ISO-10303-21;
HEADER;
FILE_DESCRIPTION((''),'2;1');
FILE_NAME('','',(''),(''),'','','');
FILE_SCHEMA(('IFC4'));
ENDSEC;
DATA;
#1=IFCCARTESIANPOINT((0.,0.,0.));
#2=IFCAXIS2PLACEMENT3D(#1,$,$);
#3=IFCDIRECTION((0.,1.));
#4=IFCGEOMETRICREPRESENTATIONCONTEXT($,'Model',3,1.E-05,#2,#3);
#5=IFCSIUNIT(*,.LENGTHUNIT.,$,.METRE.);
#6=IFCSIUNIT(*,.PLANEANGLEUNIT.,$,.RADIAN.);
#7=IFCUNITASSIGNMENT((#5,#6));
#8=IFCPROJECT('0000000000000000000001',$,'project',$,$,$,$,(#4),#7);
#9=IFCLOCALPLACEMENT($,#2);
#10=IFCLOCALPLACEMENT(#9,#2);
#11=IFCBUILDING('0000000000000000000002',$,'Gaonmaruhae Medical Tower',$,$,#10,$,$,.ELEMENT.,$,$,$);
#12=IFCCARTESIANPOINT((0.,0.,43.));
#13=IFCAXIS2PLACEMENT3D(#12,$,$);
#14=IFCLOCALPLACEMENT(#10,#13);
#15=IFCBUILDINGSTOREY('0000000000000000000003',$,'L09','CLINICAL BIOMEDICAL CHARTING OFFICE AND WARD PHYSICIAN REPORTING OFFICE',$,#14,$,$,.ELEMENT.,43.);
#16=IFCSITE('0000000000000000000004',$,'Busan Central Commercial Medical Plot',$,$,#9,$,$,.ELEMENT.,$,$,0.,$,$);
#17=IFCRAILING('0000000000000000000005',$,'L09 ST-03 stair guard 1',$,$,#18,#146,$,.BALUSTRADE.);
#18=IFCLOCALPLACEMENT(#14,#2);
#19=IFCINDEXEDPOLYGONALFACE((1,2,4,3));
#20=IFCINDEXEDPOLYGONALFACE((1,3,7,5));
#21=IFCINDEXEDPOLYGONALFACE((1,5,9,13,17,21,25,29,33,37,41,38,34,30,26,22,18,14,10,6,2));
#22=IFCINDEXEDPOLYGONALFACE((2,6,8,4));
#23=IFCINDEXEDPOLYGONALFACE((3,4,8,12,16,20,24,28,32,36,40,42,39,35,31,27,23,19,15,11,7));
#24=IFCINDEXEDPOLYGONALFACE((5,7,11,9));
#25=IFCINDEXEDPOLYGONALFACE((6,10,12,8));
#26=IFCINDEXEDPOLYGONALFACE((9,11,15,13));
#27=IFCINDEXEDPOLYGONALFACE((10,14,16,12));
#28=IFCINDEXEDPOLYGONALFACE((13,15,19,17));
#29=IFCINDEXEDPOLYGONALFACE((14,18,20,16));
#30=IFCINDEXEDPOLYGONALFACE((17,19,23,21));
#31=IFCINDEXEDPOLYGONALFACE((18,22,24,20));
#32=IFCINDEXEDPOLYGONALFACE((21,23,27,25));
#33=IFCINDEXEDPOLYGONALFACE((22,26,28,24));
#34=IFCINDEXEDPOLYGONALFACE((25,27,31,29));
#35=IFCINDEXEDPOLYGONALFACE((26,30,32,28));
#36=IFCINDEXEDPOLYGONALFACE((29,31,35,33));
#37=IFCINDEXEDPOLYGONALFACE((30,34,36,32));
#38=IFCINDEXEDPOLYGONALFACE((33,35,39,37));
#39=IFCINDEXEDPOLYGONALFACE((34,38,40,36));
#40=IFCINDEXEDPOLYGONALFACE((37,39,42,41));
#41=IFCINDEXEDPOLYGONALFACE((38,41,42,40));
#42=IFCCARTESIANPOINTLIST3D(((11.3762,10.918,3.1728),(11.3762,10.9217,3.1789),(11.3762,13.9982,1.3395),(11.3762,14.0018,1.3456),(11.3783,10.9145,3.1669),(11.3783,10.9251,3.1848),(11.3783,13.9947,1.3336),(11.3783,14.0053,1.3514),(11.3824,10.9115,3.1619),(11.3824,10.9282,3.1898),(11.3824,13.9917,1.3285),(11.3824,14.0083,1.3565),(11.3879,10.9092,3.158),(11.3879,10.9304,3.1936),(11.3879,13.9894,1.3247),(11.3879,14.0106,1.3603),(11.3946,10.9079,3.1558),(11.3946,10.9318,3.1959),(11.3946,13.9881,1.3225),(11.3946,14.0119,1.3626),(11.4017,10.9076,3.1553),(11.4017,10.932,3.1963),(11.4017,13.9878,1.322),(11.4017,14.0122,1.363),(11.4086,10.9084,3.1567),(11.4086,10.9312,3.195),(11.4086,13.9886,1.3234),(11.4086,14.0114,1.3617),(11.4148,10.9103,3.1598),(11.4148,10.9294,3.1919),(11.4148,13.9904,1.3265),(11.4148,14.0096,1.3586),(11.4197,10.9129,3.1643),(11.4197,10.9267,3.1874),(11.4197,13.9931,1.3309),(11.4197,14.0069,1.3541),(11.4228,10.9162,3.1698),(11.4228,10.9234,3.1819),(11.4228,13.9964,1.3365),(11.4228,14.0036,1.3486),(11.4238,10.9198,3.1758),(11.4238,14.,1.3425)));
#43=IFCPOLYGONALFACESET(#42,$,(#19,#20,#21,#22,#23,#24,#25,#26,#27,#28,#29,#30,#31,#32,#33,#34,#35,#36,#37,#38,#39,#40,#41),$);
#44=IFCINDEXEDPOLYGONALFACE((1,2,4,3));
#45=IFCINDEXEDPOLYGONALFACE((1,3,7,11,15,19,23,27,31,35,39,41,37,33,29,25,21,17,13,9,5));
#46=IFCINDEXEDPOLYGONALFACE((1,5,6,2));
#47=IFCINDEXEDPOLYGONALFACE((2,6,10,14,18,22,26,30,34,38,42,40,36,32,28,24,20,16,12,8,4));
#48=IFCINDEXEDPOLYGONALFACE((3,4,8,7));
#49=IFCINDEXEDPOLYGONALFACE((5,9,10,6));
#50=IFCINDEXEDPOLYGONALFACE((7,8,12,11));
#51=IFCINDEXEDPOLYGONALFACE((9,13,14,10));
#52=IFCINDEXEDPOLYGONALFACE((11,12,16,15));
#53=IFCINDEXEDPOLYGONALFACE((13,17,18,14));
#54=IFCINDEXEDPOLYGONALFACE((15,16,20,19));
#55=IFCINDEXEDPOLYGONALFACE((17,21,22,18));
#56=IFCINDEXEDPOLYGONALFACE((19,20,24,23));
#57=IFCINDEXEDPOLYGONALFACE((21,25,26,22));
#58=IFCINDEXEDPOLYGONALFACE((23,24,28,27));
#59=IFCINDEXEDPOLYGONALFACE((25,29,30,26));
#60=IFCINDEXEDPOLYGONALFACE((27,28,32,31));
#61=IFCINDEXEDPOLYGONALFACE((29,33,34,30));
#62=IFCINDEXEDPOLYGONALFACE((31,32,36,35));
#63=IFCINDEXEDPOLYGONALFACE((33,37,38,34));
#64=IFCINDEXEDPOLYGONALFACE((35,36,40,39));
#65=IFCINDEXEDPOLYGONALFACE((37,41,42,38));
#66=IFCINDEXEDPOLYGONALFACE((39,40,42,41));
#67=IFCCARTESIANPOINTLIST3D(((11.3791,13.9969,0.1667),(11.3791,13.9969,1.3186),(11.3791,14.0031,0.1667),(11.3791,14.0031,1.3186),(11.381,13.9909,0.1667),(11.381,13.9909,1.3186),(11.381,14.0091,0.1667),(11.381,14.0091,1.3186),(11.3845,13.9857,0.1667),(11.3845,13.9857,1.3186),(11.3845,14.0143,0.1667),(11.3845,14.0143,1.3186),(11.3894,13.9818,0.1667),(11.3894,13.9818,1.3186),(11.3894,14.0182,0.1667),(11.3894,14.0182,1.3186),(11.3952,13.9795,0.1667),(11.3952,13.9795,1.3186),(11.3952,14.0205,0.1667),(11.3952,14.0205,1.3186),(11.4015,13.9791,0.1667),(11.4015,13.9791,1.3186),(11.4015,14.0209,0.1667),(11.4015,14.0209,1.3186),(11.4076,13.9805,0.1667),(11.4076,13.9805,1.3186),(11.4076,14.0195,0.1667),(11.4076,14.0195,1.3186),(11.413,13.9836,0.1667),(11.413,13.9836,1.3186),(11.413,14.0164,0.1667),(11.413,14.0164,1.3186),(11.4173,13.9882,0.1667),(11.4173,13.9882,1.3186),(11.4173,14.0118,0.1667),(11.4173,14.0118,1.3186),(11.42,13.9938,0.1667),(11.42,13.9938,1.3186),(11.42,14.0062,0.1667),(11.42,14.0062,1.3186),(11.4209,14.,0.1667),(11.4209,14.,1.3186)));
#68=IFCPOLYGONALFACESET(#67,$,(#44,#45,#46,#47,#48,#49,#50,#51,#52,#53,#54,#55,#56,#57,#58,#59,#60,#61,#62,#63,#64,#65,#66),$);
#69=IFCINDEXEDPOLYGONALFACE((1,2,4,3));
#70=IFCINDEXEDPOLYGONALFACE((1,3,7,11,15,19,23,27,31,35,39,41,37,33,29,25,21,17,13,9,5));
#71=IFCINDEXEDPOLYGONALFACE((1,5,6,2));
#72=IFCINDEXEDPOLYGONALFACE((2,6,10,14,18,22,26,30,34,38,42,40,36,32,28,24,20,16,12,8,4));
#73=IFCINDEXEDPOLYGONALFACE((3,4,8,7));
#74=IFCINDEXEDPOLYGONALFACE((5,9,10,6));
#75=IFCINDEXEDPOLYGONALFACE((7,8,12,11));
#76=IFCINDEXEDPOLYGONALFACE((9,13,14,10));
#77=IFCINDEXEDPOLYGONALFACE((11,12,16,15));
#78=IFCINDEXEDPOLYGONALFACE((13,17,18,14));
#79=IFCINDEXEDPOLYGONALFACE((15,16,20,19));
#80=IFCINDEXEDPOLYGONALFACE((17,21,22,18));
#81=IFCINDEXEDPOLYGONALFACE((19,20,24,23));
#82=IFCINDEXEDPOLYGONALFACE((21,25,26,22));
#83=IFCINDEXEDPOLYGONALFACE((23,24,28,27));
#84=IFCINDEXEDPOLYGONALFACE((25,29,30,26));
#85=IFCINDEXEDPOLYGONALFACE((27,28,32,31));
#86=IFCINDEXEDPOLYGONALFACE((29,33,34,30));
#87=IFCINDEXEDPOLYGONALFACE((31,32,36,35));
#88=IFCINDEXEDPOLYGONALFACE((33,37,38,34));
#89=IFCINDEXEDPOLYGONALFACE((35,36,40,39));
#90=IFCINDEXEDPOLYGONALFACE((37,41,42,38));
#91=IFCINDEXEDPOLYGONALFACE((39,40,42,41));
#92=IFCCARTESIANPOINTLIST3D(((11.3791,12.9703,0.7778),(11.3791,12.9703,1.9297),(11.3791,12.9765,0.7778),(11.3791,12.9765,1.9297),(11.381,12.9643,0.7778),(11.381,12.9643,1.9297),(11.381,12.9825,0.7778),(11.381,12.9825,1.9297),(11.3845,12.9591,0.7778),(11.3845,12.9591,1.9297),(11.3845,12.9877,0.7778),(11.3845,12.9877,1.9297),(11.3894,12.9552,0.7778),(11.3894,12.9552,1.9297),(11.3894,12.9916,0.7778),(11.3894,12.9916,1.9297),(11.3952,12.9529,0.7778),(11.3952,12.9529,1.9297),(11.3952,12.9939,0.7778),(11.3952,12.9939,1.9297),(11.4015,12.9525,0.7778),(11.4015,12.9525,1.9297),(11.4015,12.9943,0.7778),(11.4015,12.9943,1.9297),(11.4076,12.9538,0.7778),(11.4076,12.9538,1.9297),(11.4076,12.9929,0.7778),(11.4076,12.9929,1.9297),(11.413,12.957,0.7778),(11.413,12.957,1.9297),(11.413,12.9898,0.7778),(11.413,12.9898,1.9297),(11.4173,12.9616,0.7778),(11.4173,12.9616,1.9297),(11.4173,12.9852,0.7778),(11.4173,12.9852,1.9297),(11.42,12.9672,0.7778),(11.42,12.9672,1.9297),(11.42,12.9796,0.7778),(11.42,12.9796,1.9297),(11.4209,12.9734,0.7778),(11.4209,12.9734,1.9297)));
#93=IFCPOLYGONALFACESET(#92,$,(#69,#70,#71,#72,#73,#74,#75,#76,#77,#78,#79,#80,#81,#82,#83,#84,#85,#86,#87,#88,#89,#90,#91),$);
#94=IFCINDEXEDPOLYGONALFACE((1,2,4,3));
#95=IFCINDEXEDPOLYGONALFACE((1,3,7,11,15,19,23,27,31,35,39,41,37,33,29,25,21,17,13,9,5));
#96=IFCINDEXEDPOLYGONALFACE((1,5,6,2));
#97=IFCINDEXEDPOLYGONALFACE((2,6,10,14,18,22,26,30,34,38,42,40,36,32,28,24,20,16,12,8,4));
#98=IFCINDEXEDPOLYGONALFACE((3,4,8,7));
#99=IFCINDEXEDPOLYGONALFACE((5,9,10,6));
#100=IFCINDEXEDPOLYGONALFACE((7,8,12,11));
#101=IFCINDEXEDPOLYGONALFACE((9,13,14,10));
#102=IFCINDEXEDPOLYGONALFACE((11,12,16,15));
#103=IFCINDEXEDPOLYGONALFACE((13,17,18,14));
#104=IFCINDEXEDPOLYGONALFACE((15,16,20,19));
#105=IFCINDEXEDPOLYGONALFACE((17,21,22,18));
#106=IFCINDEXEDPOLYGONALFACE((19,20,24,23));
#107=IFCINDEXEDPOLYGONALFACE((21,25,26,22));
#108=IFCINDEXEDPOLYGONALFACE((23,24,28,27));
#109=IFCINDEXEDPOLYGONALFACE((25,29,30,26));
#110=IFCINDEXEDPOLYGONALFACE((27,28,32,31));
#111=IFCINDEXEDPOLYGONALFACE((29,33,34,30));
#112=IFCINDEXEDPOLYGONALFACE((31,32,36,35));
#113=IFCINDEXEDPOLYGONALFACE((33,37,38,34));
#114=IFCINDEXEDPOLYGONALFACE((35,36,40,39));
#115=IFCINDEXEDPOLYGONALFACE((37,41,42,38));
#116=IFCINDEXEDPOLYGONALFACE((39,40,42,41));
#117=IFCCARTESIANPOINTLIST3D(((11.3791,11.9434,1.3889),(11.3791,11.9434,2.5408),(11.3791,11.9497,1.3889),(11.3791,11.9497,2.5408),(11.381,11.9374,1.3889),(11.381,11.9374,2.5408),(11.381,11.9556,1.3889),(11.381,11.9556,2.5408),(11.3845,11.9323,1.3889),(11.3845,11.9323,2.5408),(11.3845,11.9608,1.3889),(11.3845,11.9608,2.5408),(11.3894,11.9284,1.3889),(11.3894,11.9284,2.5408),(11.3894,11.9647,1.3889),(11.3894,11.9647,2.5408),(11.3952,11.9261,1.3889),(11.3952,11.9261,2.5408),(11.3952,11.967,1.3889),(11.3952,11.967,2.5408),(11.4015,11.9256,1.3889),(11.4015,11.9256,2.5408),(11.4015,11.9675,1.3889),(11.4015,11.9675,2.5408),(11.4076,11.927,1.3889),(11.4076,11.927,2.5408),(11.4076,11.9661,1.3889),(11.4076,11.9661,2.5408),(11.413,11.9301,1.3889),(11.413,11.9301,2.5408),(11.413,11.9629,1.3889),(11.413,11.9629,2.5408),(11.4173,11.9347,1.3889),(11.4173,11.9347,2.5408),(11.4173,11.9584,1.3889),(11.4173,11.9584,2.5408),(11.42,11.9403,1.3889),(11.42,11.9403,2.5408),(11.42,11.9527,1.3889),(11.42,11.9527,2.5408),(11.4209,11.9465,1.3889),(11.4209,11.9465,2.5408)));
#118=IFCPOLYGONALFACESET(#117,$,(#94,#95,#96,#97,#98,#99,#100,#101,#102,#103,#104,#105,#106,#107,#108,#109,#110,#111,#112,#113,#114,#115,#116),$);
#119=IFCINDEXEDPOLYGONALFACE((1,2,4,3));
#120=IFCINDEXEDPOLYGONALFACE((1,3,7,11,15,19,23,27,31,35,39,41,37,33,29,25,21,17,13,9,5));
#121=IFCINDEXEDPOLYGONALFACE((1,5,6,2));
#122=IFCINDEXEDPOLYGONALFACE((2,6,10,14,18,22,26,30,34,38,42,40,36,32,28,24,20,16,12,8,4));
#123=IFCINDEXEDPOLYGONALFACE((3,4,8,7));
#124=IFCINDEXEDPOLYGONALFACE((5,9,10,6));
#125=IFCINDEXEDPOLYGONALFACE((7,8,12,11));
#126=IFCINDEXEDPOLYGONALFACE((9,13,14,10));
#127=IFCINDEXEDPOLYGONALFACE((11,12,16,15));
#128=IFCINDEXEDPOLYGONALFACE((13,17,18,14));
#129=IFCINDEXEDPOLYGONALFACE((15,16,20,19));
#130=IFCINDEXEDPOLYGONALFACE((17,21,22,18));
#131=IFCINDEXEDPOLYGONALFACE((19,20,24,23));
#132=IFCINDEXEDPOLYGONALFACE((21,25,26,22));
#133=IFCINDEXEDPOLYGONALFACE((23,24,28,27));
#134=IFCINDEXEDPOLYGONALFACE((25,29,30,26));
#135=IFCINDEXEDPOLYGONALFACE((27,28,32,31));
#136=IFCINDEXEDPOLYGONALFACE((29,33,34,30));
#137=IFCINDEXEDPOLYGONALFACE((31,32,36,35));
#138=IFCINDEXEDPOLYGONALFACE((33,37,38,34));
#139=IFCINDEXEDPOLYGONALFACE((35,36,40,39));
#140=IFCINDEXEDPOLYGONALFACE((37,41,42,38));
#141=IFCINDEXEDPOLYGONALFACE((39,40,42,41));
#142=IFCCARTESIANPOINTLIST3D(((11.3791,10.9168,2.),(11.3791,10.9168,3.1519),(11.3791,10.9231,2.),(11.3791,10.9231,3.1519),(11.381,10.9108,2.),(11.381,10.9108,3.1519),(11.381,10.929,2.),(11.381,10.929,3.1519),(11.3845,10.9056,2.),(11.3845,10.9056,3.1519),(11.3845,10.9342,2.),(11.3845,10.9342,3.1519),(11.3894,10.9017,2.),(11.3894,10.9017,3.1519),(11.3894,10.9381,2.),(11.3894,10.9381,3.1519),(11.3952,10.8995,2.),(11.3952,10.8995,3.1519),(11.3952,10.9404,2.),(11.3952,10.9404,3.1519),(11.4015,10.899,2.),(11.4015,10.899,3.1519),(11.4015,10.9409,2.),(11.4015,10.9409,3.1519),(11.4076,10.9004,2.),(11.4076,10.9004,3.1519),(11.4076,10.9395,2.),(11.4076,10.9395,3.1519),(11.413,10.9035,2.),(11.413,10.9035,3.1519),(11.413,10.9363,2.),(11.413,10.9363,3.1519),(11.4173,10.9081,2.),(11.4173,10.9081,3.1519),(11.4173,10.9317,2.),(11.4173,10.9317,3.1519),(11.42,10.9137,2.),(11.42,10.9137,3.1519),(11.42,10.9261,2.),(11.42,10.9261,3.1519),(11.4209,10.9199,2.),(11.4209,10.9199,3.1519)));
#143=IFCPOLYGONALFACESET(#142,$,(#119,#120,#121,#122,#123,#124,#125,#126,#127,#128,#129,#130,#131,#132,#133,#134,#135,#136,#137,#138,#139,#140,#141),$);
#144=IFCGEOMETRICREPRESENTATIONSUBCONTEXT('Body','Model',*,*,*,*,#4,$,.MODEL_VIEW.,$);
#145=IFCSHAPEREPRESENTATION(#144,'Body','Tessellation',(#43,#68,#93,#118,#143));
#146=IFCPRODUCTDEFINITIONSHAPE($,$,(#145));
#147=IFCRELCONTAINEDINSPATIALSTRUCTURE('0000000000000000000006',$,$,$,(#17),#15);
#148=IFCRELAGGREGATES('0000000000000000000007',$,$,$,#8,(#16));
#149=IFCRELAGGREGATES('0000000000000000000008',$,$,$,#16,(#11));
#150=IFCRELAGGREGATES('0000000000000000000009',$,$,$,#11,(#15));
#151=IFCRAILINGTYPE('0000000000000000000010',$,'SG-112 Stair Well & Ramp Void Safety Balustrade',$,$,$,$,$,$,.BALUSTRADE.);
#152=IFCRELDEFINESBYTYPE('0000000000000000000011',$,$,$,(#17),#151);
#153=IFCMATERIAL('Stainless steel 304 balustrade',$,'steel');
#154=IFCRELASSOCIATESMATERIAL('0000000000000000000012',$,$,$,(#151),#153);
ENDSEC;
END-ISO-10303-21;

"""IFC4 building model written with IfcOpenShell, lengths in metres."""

from ifc_helpers import new_model, si_unit, direction, frame, origin, origin_2d, place, context, subcontext, project, spatial, circle, extrude, material, type_object, element, save


model = new_model("IFC4")

# Units and contexts
model_context = context("Model", 3, precision=1e-05, world=origin(), true_north=direction((0.0, 1.0)))
body_context = subcontext(model_context, "Body", "Model", "MODEL_VIEW")
ifc_project = project(units=[si_unit("LENGTHUNIT", "METRE"), si_unit("PLANEANGLEUNIT", "RADIAN")], contexts=[model_context])

# Site, building, storey
site_placement = place(None, origin())
site = spatial("IfcSite", under=ifc_project, at=site_placement, Name="Busan Central Commercial Medical Plot", CompositionType="ELEMENT", RefElevation=0.0)
building_placement = place(site_placement, origin())
building = spatial("IfcBuilding", under=site, at=building_placement, Name="Gaonmaruhae Medical Tower", CompositionType="ELEMENT")
storey_placement = place(building_placement, frame((0.0, 0.0, 43.0)))
storey = spatial("IfcBuildingStorey", under=building, at=storey_placement, Name="L09", Description="CLINICAL BIOMEDICAL CHARTING OFFICE AND WARD PHYSICIAN REPORTING OFFICE", CompositionType="ELEMENT", Elevation=43.0)

# Railing
ifc_material_1 = material(Name="Stainless steel 304 balustrade", Category="steel")
railing_type_1 = type_object("IfcRailingType", Name="SG-112 Stair Well & Ramp Void Safety Balustrade", PredefinedType="BALUSTRADE", material=ifc_material_1)
railing_1_placement = place(storey_placement, frame((11.3999, 14.0, 0.1667)))
element("IfcRailing", 1, at=railing_1_placement, inside=storey, type_object=railing_type_1, Name="L09 ST-03 stair guard 1", PredefinedType="BALUSTRADE", context=body_context, shape_type="SweptSolid", body=[
    extrude(circle(Radius=0.0239, at=origin_2d()), frame((0.0, 0.0, 1.1758), z_axis=(0.0, -0.859309, 0.511458), x_axis=(1.0, 0.0, 0.0)), (0.0, 0.0, 1.0), 3.5845),
    extrude(circle(Radius=0.021, at=origin_2d()), origin(), (0.0, 0.0, 1.0), 1.1519),
    extrude(circle(Radius=0.021, at=origin_2d()), frame((0.0, -1.0266, 0.6111)), (0.0, 0.0, 1.0), 1.1519),
    extrude(circle(Radius=0.021, at=origin_2d()), frame((0.0, -2.0535, 1.2222)), (0.0, 0.0, 1.0), 1.1519),
    extrude(circle(Radius=0.021, at=origin_2d()), frame((0.0, -3.0801, 1.8333)), (0.0, 0.0, 1.0), 1.1519),
])

save(model, "model.ifc")
